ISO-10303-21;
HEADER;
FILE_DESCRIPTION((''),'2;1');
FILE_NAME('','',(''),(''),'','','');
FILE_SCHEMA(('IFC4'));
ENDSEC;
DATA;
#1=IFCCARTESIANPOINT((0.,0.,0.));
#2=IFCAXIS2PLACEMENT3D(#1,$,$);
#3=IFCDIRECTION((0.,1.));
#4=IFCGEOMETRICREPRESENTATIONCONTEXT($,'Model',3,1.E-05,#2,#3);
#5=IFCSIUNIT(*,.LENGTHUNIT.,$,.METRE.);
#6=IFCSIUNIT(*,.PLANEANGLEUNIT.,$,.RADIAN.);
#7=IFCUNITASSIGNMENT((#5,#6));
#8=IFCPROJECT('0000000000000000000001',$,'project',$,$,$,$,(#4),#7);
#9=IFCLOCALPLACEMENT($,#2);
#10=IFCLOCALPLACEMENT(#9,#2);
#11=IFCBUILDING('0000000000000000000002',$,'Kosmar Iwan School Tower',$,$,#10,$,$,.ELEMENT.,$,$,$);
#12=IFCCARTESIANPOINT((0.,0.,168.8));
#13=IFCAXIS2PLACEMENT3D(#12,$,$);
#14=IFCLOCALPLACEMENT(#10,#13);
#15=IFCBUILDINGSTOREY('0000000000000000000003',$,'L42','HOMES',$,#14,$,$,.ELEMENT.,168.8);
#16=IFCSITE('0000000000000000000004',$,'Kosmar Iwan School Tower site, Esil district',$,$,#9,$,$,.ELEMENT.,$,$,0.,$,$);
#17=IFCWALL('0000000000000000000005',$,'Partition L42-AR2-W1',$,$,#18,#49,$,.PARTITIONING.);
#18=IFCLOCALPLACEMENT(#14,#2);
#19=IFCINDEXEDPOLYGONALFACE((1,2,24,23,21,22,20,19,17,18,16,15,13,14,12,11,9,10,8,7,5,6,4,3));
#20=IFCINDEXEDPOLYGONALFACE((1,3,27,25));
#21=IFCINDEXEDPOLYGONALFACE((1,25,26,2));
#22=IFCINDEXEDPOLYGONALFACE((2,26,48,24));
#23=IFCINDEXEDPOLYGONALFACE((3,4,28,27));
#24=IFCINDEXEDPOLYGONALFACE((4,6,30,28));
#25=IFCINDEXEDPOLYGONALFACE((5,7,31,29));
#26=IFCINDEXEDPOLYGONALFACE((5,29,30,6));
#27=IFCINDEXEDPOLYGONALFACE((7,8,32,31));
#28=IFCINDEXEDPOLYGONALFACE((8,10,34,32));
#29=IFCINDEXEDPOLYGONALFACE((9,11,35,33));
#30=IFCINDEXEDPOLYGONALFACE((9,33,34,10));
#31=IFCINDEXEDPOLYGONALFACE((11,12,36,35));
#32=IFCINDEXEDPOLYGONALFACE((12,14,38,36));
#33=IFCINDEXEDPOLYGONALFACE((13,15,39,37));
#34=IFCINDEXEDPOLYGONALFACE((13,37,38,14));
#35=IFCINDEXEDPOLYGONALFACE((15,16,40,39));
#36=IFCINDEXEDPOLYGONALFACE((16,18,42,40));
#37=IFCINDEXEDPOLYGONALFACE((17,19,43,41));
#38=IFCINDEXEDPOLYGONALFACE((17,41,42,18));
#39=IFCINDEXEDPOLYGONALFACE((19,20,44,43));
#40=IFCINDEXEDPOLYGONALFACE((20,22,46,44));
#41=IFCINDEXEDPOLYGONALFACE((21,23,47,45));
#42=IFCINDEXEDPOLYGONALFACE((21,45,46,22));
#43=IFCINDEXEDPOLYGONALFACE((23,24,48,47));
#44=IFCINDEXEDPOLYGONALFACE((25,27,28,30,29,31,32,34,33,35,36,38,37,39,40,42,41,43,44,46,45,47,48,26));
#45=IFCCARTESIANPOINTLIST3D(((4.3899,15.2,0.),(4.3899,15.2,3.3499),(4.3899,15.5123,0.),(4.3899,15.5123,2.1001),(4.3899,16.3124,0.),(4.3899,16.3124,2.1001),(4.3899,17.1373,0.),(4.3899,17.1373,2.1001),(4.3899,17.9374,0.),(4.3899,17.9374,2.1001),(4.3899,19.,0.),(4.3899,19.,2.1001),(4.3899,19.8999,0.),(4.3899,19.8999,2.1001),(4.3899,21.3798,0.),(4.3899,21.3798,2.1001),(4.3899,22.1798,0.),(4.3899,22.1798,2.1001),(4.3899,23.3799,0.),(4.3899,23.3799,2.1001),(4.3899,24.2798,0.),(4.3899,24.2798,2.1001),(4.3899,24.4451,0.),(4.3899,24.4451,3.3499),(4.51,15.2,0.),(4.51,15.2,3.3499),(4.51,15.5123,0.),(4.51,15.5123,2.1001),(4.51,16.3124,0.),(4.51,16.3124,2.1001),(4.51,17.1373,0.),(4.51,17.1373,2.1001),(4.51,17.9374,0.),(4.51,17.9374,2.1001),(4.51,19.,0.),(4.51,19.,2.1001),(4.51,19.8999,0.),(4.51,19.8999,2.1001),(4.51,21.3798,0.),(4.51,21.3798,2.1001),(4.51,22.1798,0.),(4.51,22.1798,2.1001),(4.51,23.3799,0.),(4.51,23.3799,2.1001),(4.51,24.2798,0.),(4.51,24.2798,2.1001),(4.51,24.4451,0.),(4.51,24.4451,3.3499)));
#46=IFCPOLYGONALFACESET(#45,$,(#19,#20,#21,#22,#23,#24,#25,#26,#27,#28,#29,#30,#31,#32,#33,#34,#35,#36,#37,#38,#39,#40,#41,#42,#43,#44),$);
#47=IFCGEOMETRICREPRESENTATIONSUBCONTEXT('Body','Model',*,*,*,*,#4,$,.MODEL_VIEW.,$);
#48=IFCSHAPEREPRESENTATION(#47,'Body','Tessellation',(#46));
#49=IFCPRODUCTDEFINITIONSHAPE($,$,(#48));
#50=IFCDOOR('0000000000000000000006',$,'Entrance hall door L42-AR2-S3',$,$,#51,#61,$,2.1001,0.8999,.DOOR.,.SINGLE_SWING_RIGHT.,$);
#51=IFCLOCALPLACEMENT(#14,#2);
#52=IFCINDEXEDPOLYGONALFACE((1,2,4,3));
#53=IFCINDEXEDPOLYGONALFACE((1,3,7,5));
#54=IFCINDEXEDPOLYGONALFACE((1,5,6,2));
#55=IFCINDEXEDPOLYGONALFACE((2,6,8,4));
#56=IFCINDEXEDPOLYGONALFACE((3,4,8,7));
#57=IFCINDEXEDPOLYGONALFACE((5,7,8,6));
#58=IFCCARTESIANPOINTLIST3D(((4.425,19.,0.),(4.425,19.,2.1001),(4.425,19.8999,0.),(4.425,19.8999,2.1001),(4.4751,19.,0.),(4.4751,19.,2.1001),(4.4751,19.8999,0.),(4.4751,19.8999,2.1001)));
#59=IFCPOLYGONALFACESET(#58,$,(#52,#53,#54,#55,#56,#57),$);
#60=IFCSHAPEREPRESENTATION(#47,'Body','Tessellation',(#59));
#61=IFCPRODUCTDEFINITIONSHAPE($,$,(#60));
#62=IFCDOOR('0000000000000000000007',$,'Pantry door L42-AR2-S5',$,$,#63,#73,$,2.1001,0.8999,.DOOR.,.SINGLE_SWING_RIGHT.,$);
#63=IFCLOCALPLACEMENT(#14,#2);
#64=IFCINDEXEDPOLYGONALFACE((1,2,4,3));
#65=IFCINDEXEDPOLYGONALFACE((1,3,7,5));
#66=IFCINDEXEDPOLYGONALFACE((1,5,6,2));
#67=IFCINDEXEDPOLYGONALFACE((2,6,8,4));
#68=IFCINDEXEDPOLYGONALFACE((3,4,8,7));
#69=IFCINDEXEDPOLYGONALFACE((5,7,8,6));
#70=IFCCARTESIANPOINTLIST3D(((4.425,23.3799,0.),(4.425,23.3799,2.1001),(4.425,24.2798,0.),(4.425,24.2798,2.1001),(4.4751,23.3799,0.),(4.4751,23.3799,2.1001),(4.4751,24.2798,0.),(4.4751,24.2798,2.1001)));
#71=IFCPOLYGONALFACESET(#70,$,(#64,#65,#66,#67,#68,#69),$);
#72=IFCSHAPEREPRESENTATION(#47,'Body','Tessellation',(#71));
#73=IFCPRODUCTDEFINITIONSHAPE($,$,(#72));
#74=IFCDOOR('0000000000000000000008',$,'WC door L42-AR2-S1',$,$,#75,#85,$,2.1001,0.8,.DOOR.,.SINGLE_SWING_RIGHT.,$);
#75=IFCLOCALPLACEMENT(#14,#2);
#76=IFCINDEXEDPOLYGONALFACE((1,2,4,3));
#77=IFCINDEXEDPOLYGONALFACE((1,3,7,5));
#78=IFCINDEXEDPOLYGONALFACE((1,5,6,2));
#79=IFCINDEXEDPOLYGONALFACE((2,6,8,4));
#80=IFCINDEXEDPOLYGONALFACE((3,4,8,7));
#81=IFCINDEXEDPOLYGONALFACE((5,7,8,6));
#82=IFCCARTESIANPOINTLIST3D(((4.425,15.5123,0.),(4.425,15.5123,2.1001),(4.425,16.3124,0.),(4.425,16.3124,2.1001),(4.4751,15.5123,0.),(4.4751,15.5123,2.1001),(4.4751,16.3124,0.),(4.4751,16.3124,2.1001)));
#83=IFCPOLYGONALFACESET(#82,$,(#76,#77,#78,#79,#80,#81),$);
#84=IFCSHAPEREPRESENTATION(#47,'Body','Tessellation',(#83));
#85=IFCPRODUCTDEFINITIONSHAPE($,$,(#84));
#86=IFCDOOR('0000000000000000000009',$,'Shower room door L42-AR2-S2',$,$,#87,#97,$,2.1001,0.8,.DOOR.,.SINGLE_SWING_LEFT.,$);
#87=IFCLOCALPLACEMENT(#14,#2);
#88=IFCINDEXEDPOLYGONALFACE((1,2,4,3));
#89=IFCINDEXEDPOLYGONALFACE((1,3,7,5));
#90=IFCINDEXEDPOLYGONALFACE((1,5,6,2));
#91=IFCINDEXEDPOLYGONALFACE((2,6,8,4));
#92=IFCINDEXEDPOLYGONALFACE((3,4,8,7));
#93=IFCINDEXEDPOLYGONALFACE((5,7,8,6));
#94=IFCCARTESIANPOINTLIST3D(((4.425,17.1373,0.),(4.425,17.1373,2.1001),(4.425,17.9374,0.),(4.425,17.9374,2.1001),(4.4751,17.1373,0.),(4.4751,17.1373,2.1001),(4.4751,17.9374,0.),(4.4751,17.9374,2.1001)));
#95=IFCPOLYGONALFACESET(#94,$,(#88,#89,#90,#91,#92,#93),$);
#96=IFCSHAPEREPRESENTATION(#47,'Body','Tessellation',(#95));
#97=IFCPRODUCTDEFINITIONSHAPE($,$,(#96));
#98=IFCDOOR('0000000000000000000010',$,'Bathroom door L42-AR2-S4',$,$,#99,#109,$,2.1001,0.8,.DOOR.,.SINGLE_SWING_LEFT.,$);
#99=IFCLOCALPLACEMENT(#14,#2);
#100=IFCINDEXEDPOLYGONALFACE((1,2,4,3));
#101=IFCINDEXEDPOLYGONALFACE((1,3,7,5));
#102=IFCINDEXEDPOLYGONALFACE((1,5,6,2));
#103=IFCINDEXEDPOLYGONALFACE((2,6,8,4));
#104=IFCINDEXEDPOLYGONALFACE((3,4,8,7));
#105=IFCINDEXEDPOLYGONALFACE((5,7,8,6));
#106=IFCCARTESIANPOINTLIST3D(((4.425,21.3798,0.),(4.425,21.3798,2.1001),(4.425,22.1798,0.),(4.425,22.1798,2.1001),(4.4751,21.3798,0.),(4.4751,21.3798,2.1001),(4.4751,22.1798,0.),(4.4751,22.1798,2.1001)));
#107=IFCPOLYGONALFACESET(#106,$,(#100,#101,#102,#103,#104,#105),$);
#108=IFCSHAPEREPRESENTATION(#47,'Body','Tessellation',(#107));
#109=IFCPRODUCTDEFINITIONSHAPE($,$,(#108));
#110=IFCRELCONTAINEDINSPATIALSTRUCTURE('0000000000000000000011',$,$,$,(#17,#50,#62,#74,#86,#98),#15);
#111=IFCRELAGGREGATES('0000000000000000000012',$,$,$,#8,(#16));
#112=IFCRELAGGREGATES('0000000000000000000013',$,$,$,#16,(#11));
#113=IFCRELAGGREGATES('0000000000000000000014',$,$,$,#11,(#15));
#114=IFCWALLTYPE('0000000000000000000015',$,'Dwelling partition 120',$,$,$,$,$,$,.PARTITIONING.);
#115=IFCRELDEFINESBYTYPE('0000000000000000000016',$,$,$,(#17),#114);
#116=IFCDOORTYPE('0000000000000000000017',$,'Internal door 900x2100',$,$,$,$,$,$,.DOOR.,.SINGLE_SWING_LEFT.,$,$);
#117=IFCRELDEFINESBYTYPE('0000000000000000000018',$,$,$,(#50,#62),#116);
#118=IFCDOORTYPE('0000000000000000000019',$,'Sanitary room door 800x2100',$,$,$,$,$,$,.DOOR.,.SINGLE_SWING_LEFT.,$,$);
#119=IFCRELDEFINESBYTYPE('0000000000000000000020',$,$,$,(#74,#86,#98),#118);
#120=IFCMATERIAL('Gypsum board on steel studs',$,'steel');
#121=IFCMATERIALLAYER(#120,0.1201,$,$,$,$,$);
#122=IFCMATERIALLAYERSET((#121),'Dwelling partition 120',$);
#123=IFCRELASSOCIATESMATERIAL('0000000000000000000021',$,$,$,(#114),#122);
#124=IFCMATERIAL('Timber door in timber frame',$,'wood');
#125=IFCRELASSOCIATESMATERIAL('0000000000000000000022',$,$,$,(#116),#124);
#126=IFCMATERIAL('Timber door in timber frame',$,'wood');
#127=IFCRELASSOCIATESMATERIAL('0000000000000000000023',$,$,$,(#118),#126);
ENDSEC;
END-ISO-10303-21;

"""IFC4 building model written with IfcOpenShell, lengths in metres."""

from ifc_helpers import new_model, si_unit, direction, frame, frame_2d, origin, place, context, subcontext, project, spatial, rectangle, extrude, material, layer, layer_set, type_object, element, fill, save


model = new_model("IFC4")

# Units and contexts
model_context = context("Model", 3, precision=1e-05, world=origin(), true_north=direction((0.0, 1.0)))
body_context = subcontext(model_context, "Body", "Model", "MODEL_VIEW")
ifc_project = project(units=[si_unit("LENGTHUNIT", "METRE"), si_unit("PLANEANGLEUNIT", "RADIAN")], contexts=[model_context])

# Site, building, storey
site_placement = place(None, origin())
site = spatial("IfcSite", under=ifc_project, at=site_placement, Name="Kosmar Iwan School Tower site, Esil district", CompositionType="ELEMENT", RefElevation=0.0)
building_placement = place(site_placement, origin())
building = spatial("IfcBuilding", under=site, at=building_placement, Name="Kosmar Iwan School Tower", CompositionType="ELEMENT")
storey_placement = place(building_placement, frame((0.0, 0.0, 168.8)))
storey = spatial("IfcBuildingStorey", under=building, at=storey_placement, Name="L42", Description="HOMES", CompositionType="ELEMENT", Elevation=168.8)

# Shared definitions
ifc_material_1 = material(Name="Gypsum board on steel studs", Category="steel")
ifc_layer_1 = layer(ifc_material_1, 0.1201)
ifc_layer_set_1 = layer_set([ifc_layer_1], Name="Dwelling partition 120")
wall_type_1 = type_object("IfcWallType", Name="Dwelling partition 120", PredefinedType="PARTITIONING", material=ifc_layer_set_1)

# Wall, openings, doors
wall_1_placement = place(storey_placement, frame((4.45, 15.2, 0.0), z_axis=(0.0, 0.0, 1.0), x_axis=(0.0, 1.0, 0.0)))
wall_1 = element("IfcWall", 1, at=wall_1_placement, inside=storey, type_object=wall_type_1, Name="Partition L42-AR2-W1", PredefinedType="PARTITIONING", context=body_context, shape_type="SweptSolid", body=[
    extrude(rectangle(XDim=9.2451, YDim=0.1201, at=frame_2d((4.6226, 0.0))), origin(), (0.0, 0.0, 1.0), 3.3499),
])
opening_1_placement = place(wall_1_placement, frame((0.3125, 0.0, 0.0)))
opening_1 = element("IfcOpeningElement", 2, at=opening_1_placement, cuts=wall_1, PredefinedType="OPENING", context=body_context, shape_type="SweptSolid", body=[
    extrude(rectangle(XDim=0.8, YDim=2.1001, at=frame_2d((0.3999, 1.05))), frame((0.0, 0.072, 0.0), z_axis=(0.0, -1.0, 0.0), x_axis=(1.0, 0.0, 0.0)), (0.0, 0.0, 1.0), 0.144),
])
opening_2_placement = place(wall_1_placement, frame((1.9375, 0.0, 0.0)))
opening_2 = element("IfcOpeningElement", 3, at=opening_2_placement, cuts=wall_1, PredefinedType="OPENING", context=body_context, shape_type="SweptSolid", body=[
    extrude(rectangle(XDim=0.8, YDim=2.1001, at=frame_2d((0.3999, 1.05))), frame((0.0, 0.072, 0.0), z_axis=(0.0, -1.0, 0.0), x_axis=(1.0, 0.0, 0.0)), (0.0, 0.0, 1.0), 0.144),
])
opening_3_placement = place(wall_1_placement, frame((3.8, 0.0, 0.0)))
opening_3 = element("IfcOpeningElement", 4, at=opening_3_placement, cuts=wall_1, PredefinedType="OPENING", context=body_context, shape_type="SweptSolid", body=[
    extrude(rectangle(XDim=0.8999, YDim=2.1001, at=frame_2d((0.45, 1.05))), frame((0.0, 0.072, 0.0), z_axis=(0.0, -1.0, 0.0), x_axis=(1.0, 0.0, 0.0)), (0.0, 0.0, 1.0), 0.144),
])
opening_4_placement = place(wall_1_placement, frame((6.1799, 0.0, 0.0)))
opening_4 = element("IfcOpeningElement", 5, at=opening_4_placement, cuts=wall_1, PredefinedType="OPENING", context=body_context, shape_type="SweptSolid", body=[
    extrude(rectangle(XDim=0.8, YDim=2.1001, at=frame_2d((0.3999, 1.05))), frame((0.0, 0.072, 0.0), z_axis=(0.0, -1.0, 0.0), x_axis=(1.0, 0.0, 0.0)), (0.0, 0.0, 1.0), 0.144),
])
opening_5_placement = place(wall_1_placement, frame((8.1799, 0.0, 0.0)))
opening_5 = element("IfcOpeningElement", 6, at=opening_5_placement, cuts=wall_1, PredefinedType="OPENING", context=body_context, shape_type="SweptSolid", body=[
    extrude(rectangle(XDim=0.8999, YDim=2.1001, at=frame_2d((0.45, 1.05))), frame((0.0, 0.072, 0.0), z_axis=(0.0, -1.0, 0.0), x_axis=(1.0, 0.0, 0.0)), (0.0, 0.0, 1.0), 0.144),
])
ifc_material_2 = material(Name="Timber door in timber frame", Category="wood")
door_type_1 = type_object("IfcDoorType", Name="Internal door 900x2100", OperationType="SINGLE_SWING_LEFT", PredefinedType="DOOR", material=ifc_material_2)
door_1_placement = place(opening_3_placement, origin())
door_1 = element("IfcDoor", 7, at=door_1_placement, inside=storey, type_object=door_type_1, Name="Entrance hall door L42-AR2-S3", OperationType="SINGLE_SWING_RIGHT", OverallHeight=2.1001, OverallWidth=0.8999, PredefinedType="DOOR", context=body_context, shape_type="SweptSolid", body=[
    extrude(rectangle(XDim=0.8999, YDim=2.1001, at=frame_2d((0.45, 1.05))), frame((0.0, 0.0249, 0.0), z_axis=(0.0, -1.0, 0.0), x_axis=(1.0, 0.0, 0.0)), (0.0, 0.0, 1.0), 0.05),
])
fill(opening_3, door_1)
door_2_placement = place(opening_5_placement, origin())
door_2 = element("IfcDoor", 8, at=door_2_placement, inside=storey, type_object=door_type_1, Name="Pantry door L42-AR2-S5", OperationType="SINGLE_SWING_RIGHT", OverallHeight=2.1001, OverallWidth=0.8999, PredefinedType="DOOR", context=body_context, shape_type="SweptSolid", body=[
    extrude(rectangle(XDim=0.8999, YDim=2.1001, at=frame_2d((0.45, 1.05))), frame((0.0, 0.0249, 0.0), z_axis=(0.0, -1.0, 0.0), x_axis=(1.0, 0.0, 0.0)), (0.0, 0.0, 1.0), 0.05),
])
fill(opening_5, door_2)
ifc_material_3 = material(Name="Timber door in timber frame", Category="wood")
door_type_2 = type_object("IfcDoorType", Name="Sanitary room door 800x2100", OperationType="SINGLE_SWING_LEFT", PredefinedType="DOOR", material=ifc_material_3)
door_3_placement = place(opening_1_placement, origin())
door_3 = element("IfcDoor", 9, at=door_3_placement, inside=storey, type_object=door_type_2, Name="WC door L42-AR2-S1", OperationType="SINGLE_SWING_RIGHT", OverallHeight=2.1001, OverallWidth=0.8, PredefinedType="DOOR", context=body_context, shape_type="SweptSolid", body=[
    extrude(rectangle(XDim=0.8, YDim=2.1001, at=frame_2d((0.3999, 1.05))), frame((0.0, 0.0249, 0.0), z_axis=(0.0, -1.0, 0.0), x_axis=(1.0, 0.0, 0.0)), (0.0, 0.0, 1.0), 0.05),
])
fill(opening_1, door_3)
door_4_placement = place(opening_2_placement, origin())
door_4 = element("IfcDoor", 10, at=door_4_placement, inside=storey, type_object=door_type_2, Name="Shower room door L42-AR2-S2", OperationType="SINGLE_SWING_LEFT", OverallHeight=2.1001, OverallWidth=0.8, PredefinedType="DOOR", context=body_context, shape_type="SweptSolid", body=[
    extrude(rectangle(XDim=0.8, YDim=2.1001, at=frame_2d((0.3999, 1.05))), frame((0.0, 0.0249, 0.0), z_axis=(0.0, -1.0, 0.0), x_axis=(1.0, 0.0, 0.0)), (0.0, 0.0, 1.0), 0.05),
])
fill(opening_2, door_4)
door_5_placement = place(opening_4_placement, origin())
door_5 = element("IfcDoor", 11, at=door_5_placement, inside=storey, type_object=door_type_2, Name="Bathroom door L42-AR2-S4", OperationType="SINGLE_SWING_LEFT", OverallHeight=2.1001, OverallWidth=0.8, PredefinedType="DOOR", context=body_context, shape_type="SweptSolid", body=[
    extrude(rectangle(XDim=0.8, YDim=2.1001, at=frame_2d((0.3999, 1.05))), frame((0.0, 0.0249, 0.0), z_axis=(0.0, -1.0, 0.0), x_axis=(1.0, 0.0, 0.0)), (0.0, 0.0, 1.0), 0.05),
])
fill(opening_4, door_5)

save(model, "model.ifc")
